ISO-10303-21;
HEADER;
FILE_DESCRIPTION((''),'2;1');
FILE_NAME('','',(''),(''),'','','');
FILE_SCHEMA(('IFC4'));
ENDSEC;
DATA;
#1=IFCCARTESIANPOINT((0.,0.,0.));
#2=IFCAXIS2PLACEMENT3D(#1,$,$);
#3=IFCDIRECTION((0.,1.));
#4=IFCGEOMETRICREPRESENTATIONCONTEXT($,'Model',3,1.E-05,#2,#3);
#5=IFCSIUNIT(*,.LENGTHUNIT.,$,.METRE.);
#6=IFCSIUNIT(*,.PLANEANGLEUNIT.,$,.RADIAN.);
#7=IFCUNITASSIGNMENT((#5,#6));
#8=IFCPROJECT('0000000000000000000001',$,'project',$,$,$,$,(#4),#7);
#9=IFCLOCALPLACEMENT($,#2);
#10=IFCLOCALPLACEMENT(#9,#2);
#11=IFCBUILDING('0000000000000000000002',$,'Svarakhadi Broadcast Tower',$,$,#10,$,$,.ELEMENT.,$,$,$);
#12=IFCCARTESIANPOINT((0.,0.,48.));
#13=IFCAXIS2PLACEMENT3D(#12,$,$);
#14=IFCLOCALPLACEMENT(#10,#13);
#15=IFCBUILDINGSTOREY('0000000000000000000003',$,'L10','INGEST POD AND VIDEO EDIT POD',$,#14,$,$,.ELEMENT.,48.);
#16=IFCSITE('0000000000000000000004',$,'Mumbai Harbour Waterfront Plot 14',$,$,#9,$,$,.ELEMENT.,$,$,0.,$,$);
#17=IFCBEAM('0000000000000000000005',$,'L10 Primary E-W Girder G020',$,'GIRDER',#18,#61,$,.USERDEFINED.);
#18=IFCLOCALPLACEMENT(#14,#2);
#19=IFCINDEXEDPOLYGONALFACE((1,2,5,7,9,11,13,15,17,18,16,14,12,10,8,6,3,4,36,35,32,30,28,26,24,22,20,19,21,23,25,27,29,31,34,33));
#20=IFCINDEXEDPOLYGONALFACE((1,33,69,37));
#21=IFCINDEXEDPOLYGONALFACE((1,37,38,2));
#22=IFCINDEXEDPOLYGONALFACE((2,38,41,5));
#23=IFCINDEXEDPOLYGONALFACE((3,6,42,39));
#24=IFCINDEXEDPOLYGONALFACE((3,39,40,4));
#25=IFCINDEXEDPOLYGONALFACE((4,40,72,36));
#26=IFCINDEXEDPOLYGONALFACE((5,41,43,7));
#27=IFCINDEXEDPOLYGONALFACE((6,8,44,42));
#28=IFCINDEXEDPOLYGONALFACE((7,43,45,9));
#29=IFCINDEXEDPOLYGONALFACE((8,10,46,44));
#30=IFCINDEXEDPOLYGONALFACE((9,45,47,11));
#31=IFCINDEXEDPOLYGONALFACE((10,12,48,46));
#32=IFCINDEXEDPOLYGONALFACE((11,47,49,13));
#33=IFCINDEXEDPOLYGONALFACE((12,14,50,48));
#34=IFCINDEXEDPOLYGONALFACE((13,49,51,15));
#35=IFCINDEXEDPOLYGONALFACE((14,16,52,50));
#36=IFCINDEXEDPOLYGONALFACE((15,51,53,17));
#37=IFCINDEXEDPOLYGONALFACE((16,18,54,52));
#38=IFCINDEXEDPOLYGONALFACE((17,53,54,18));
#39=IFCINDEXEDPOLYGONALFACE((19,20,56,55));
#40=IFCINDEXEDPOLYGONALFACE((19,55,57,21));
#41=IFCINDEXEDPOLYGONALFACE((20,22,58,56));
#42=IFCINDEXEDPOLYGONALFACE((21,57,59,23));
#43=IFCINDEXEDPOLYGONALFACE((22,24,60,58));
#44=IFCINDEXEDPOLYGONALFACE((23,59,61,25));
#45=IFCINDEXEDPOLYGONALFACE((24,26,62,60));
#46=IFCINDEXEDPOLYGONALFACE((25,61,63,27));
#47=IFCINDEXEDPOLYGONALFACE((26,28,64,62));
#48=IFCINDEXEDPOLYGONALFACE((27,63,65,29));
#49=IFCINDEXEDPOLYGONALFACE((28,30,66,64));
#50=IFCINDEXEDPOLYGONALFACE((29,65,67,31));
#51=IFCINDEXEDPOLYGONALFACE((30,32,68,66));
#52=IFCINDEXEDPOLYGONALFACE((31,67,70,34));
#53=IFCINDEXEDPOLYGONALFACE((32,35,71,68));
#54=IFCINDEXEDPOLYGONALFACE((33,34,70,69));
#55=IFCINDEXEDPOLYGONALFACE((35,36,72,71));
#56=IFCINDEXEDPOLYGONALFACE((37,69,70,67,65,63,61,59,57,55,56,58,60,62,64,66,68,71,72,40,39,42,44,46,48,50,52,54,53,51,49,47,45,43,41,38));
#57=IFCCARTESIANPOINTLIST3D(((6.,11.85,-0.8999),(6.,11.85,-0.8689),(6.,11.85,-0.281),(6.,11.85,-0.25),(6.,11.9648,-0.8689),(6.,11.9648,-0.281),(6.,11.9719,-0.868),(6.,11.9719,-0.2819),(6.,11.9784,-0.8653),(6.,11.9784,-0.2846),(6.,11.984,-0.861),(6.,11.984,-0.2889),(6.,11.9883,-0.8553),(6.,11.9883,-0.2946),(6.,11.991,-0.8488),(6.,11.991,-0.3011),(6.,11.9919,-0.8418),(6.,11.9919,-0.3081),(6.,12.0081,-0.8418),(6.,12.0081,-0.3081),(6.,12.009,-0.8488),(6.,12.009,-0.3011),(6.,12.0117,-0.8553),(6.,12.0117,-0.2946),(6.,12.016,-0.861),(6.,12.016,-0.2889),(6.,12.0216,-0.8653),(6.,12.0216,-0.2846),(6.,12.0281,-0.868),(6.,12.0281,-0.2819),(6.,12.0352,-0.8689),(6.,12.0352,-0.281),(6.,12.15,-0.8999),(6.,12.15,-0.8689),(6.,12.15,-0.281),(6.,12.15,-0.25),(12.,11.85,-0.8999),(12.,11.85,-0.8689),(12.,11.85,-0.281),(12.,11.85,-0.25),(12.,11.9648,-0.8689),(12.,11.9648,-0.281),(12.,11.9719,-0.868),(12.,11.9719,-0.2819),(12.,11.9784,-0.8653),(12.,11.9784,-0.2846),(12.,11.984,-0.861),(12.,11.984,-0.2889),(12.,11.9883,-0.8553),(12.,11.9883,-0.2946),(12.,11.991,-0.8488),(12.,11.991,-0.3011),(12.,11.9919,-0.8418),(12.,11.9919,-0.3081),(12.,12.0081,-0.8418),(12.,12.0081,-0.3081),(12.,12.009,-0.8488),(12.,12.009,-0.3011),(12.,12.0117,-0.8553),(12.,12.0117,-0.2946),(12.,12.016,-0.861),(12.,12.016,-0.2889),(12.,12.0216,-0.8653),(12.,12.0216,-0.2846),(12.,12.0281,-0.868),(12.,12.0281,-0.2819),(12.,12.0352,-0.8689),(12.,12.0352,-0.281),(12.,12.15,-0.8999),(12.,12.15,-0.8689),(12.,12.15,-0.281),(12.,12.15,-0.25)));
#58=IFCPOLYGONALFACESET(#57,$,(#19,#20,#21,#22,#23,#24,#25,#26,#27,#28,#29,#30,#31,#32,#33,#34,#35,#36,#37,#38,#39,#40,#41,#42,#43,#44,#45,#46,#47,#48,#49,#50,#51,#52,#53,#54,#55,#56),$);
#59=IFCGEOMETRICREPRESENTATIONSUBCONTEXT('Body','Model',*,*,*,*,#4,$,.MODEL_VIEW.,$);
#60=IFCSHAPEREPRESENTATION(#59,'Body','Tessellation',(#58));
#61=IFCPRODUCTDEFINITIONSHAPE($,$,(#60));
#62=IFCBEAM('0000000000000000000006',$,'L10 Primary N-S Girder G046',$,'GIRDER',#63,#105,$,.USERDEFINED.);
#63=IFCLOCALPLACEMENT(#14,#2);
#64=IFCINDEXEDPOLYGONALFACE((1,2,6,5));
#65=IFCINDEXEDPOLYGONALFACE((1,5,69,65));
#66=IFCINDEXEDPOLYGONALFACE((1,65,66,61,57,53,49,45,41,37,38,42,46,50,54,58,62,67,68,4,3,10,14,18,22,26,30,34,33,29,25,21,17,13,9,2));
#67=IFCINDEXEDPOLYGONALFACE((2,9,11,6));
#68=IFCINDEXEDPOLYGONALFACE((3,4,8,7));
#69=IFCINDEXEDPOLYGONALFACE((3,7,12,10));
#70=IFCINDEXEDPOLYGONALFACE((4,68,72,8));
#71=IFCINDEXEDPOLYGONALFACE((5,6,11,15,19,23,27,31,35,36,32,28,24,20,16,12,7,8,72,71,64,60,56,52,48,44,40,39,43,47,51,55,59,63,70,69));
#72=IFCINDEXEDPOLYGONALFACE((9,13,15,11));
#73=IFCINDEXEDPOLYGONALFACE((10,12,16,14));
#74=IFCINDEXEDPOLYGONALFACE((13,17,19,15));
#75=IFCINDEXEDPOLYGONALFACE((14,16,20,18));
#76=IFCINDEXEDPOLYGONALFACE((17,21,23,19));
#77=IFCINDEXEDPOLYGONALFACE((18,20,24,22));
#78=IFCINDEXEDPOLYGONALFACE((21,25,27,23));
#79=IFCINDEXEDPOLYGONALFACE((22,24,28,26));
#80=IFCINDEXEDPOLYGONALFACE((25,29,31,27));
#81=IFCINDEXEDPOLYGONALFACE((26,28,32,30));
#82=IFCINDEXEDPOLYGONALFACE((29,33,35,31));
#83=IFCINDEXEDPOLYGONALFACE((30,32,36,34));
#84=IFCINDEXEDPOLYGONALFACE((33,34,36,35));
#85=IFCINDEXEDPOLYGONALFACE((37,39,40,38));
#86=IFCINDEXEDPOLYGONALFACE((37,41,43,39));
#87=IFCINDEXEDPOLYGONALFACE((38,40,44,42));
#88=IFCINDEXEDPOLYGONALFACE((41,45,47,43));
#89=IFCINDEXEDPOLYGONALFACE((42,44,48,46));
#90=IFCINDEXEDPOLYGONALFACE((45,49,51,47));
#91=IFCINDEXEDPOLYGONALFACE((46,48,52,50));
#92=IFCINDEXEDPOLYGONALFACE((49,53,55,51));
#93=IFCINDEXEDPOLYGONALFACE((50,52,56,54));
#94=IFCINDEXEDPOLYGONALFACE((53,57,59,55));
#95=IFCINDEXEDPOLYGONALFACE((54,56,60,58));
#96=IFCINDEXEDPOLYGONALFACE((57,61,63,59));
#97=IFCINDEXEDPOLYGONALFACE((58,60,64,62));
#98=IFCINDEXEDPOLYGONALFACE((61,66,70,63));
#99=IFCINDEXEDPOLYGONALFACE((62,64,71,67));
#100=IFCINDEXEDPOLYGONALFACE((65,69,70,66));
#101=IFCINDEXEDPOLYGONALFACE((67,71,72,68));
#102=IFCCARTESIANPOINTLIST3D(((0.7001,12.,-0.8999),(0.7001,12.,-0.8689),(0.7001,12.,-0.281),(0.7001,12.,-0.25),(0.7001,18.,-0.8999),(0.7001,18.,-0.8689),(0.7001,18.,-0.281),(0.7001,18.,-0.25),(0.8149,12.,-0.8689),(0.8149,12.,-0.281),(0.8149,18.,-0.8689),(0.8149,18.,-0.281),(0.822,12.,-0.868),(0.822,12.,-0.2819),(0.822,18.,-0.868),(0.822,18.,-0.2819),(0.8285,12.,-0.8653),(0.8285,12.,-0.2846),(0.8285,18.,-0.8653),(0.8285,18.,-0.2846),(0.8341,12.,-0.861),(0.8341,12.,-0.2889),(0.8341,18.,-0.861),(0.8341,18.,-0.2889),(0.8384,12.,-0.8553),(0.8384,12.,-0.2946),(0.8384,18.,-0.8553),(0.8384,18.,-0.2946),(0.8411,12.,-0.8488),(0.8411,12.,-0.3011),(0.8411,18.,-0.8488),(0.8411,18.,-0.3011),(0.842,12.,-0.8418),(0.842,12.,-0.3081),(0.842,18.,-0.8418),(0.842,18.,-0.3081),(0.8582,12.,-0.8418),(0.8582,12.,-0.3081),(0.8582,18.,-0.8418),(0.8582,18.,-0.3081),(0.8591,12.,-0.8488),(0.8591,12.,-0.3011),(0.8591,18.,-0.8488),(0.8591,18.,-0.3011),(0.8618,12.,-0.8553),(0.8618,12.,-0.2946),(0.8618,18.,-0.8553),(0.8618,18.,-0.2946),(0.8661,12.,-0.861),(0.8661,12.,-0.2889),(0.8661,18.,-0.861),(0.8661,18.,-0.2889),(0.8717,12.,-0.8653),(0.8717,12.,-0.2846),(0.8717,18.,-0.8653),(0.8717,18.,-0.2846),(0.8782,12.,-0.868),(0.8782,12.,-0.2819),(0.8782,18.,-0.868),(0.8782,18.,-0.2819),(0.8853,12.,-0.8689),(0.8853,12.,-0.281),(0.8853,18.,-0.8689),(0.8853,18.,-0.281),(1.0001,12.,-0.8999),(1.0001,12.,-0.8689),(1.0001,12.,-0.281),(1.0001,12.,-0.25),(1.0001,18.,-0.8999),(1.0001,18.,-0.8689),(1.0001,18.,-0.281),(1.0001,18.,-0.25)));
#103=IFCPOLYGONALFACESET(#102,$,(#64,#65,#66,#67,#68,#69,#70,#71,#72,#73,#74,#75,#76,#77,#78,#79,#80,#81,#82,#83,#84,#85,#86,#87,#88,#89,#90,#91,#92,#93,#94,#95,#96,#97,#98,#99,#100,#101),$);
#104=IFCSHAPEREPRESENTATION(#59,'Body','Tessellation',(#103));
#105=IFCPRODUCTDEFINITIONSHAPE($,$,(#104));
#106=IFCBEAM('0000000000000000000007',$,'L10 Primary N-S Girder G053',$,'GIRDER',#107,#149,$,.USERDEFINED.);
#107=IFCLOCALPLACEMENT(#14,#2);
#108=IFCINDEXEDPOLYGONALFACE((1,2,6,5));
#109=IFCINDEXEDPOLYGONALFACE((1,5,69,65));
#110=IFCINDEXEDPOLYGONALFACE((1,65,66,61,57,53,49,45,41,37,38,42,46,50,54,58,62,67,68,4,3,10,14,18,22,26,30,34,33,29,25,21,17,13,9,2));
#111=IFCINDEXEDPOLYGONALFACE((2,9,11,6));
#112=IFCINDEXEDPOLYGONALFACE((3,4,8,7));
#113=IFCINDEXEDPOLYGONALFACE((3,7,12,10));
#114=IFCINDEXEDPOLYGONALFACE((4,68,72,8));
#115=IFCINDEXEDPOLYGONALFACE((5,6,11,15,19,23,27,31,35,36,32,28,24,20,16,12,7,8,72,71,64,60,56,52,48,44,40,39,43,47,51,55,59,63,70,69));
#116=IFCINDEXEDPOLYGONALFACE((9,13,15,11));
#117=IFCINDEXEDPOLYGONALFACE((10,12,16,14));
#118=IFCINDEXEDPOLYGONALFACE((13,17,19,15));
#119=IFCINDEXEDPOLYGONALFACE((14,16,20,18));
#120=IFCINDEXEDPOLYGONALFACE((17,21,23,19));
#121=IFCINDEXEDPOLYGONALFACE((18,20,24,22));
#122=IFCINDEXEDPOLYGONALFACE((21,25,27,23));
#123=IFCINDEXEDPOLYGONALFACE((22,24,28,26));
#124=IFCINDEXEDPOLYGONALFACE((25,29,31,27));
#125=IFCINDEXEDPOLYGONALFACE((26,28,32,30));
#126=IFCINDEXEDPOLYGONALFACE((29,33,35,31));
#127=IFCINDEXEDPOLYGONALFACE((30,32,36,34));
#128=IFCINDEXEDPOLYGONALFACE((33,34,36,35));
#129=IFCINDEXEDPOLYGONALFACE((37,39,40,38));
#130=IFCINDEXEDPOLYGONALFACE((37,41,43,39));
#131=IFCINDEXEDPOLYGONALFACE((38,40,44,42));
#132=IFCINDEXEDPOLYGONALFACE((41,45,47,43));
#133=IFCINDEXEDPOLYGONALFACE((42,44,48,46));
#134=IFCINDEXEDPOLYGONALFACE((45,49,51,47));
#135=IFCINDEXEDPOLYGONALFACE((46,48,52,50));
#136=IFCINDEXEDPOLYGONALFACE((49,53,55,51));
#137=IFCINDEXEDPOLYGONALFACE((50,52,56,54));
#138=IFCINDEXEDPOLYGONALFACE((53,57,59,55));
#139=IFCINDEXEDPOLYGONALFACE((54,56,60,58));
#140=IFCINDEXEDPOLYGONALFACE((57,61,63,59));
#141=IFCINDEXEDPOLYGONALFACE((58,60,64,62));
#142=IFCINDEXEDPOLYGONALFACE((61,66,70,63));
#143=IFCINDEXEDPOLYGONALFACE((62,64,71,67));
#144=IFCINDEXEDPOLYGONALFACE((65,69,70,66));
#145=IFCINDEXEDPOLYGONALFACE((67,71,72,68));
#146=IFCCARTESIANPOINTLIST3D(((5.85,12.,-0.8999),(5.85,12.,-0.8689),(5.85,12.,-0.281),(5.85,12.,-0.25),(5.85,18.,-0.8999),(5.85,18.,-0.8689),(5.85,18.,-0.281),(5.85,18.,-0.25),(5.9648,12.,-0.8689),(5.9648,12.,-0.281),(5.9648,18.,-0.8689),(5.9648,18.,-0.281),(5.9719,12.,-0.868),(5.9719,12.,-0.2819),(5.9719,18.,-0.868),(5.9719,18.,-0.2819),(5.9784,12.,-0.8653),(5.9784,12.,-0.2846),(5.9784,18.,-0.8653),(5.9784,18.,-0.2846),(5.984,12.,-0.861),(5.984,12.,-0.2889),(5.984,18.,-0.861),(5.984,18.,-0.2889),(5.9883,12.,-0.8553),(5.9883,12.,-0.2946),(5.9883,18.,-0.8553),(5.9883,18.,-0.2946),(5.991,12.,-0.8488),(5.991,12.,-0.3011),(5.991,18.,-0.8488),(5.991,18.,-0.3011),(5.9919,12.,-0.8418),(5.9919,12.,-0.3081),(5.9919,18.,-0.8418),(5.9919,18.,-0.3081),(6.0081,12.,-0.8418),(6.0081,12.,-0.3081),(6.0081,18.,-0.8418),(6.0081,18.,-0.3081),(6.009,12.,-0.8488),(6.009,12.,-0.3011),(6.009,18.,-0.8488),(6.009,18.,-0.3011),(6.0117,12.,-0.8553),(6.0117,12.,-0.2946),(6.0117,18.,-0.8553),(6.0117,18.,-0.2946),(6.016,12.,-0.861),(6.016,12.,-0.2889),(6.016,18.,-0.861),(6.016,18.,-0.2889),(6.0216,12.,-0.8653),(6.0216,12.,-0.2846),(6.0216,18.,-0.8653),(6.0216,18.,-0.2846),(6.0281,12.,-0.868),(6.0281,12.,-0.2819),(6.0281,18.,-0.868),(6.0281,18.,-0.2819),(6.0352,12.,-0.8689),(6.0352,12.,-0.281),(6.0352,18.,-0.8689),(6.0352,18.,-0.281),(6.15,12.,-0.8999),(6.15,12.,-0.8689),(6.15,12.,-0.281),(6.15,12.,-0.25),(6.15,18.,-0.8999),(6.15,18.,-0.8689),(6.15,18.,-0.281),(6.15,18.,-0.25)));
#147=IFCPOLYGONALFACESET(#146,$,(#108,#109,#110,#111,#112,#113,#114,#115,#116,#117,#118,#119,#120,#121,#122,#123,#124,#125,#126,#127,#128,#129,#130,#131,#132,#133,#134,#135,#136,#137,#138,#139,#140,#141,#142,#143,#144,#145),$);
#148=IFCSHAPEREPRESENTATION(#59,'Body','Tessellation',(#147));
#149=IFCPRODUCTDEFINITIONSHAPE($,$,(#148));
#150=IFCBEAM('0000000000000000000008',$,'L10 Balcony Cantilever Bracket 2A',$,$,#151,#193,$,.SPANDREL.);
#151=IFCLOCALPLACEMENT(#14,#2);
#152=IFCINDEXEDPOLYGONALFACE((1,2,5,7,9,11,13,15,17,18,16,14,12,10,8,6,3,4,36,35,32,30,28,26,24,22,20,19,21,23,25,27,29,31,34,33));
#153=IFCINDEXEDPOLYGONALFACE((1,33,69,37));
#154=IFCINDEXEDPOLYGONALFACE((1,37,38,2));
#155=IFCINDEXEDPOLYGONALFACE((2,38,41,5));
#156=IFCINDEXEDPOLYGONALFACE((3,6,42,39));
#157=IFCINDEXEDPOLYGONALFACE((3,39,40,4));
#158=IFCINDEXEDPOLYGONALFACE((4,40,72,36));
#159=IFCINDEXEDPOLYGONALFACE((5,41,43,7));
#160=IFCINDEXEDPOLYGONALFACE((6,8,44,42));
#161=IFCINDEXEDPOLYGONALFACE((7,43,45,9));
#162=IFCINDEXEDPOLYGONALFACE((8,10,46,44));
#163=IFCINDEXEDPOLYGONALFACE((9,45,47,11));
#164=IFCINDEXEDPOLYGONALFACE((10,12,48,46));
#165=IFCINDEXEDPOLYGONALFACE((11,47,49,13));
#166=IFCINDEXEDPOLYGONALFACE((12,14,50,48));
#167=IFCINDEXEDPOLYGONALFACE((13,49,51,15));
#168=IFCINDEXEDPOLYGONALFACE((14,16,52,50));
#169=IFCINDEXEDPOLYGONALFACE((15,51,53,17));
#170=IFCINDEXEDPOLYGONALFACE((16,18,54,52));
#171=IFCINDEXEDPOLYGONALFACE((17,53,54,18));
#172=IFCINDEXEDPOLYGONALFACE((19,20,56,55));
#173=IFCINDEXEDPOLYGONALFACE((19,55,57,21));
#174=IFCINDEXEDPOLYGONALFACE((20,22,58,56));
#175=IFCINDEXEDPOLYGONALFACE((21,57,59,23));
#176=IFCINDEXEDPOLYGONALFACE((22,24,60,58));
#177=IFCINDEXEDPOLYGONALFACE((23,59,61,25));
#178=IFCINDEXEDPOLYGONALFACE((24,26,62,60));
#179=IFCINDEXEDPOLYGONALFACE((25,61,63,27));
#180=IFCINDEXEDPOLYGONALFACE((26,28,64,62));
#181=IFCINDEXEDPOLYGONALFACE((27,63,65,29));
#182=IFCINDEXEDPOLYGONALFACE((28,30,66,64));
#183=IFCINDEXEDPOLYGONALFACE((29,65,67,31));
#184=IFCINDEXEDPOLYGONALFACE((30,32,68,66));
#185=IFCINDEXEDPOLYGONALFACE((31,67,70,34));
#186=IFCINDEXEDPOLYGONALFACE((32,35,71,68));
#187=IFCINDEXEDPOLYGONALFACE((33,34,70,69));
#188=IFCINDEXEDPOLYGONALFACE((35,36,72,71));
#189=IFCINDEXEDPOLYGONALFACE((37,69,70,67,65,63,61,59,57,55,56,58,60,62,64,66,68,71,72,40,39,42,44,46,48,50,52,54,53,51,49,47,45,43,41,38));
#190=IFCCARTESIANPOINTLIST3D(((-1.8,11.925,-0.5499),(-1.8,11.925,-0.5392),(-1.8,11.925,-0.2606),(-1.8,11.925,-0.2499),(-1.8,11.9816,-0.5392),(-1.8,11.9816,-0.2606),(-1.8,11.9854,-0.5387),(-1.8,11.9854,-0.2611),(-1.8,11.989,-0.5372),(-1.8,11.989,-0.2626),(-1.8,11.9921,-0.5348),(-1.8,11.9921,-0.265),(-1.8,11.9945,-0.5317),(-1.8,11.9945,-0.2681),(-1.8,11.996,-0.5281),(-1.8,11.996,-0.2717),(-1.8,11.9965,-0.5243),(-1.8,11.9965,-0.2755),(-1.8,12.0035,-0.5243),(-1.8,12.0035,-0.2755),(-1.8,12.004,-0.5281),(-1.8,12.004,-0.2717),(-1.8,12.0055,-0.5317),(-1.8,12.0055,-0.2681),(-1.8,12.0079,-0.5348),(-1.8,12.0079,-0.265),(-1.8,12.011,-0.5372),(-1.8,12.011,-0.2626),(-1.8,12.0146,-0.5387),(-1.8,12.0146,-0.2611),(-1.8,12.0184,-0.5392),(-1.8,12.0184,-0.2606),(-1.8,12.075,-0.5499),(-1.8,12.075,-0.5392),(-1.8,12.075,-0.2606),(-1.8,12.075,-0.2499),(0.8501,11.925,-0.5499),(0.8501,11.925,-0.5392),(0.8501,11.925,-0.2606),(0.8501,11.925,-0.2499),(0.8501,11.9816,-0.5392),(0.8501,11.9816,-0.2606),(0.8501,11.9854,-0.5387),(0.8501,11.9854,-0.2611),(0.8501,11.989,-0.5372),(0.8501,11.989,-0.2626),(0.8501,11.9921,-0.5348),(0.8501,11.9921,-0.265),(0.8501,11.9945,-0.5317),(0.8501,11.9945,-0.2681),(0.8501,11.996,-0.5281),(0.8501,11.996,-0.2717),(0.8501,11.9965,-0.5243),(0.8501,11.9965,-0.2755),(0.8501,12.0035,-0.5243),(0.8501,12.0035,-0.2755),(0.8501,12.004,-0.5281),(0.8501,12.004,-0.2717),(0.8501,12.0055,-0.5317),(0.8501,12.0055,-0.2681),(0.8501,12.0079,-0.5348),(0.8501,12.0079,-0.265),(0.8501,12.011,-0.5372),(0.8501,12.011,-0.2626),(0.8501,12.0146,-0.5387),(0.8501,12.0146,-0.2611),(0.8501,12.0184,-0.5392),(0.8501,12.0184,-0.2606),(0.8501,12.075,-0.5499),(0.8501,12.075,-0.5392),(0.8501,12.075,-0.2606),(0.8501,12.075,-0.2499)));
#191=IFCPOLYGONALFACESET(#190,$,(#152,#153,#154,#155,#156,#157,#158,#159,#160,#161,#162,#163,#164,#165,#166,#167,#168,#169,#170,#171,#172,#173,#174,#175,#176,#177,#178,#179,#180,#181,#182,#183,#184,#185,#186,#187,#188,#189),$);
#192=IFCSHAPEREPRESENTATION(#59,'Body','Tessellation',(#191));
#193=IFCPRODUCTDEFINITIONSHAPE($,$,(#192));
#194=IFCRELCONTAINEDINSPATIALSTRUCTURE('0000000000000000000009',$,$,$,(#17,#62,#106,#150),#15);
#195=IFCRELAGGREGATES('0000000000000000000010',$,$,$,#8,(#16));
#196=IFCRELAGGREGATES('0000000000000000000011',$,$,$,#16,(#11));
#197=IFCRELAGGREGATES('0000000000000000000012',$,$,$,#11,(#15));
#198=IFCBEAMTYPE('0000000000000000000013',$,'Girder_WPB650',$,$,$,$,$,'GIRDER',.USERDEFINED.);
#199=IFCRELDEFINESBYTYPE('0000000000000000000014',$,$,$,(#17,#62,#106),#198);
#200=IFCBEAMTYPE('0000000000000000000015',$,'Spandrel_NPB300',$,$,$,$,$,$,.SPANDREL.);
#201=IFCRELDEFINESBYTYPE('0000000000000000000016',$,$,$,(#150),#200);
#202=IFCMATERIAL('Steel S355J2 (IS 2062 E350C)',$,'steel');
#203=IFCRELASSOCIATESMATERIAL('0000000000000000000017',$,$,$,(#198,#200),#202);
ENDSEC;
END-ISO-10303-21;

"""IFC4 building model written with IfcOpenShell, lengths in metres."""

from ifc_helpers import new_model, si_unit, direction, frame, origin, origin_2d, place, context, subcontext, project, spatial, i_section, extrude, material, material_profile, profile_set, type_object, element, save


model = new_model("IFC4")

# Units and contexts
model_context = context("Model", 3, precision=1e-05, world=origin(), true_north=direction((0.0, 1.0)))
body_context = subcontext(model_context, "Body", "Model", "MODEL_VIEW")
ifc_project = project(units=[si_unit("LENGTHUNIT", "METRE"), si_unit("PLANEANGLEUNIT", "RADIAN")], contexts=[model_context])

# Site, building, storey
site_placement = place(None, origin())
site = spatial("IfcSite", under=ifc_project, at=site_placement, Name="Mumbai Harbour Waterfront Plot 14", CompositionType="ELEMENT", RefElevation=0.0)
building_placement = place(site_placement, origin())
building = spatial("IfcBuilding", under=site, at=building_placement, Name="Svarakhadi Broadcast Tower", CompositionType="ELEMENT")
storey_placement = place(building_placement, frame((0.0, 0.0, 48.0)))
storey = spatial("IfcBuildingStorey", under=building, at=storey_placement, Name="L10", Description="INGEST POD AND VIDEO EDIT POD", CompositionType="ELEMENT", Elevation=48.0)

# Shared definitions
ifc_material_1 = material(Name="Steel S355J2 (IS 2062 E350C)", Category="steel")

# Beams
ifc_material_profile_1 = material_profile(ifc_material_1, i_section(OverallWidth=0.3, OverallDepth=0.6499, WebThickness=0.0161, FlangeThickness=0.031, FilletRadius=0.0271, at=origin_2d()), Name="WPB 650x300x225")
ifc_profile_set_1 = profile_set([ifc_material_profile_1], Name="Steel S355J2 (IS 2062 E350C)")
beam_type_1 = type_object("IfcBeamType", Name="Girder_WPB650", ElementType="GIRDER", PredefinedType="USERDEFINED", material=ifc_profile_set_1)
for number, where, z_axis, x_axis, name in (
    (1, (6.0, 12.0, -0.575), (1.0, 0.0, 0.0), (0.0, 1.0, 0.0), "L10 Primary E-W Girder G020"),
    (2, (0.8501, 12.0, -0.575), (0.0, 1.0, 0.0), (-1.0, 0.0, 0.0), "L10 Primary N-S Girder G046"),
    (3, (6.0, 12.0, -0.575), (0.0, 1.0, 0.0), (-1.0, 0.0, 0.0), "L10 Primary N-S Girder G053"),
):
    element("IfcBeam", number, at=place(storey_placement, frame(where, z_axis=z_axis, x_axis=x_axis)), inside=storey, type_object=beam_type_1, Name=name, ObjectType="GIRDER", PredefinedType="USERDEFINED", context=body_context, shape_type="SweptSolid", body=[
        extrude(i_section(OverallWidth=0.3, OverallDepth=0.6499, WebThickness=0.0161, FlangeThickness=0.031, FilletRadius=0.0271, at=origin_2d()), origin(), (0.0, 0.0, 1.0), 6.0),
    ])
ifc_material_profile_2 = material_profile(ifc_material_1, i_section(OverallWidth=0.1499, OverallDepth=0.3, WebThickness=0.0071, FlangeThickness=0.0107, FilletRadius=0.0149, at=origin_2d()), Name="NPB 300x150x37")
ifc_profile_set_2 = profile_set([ifc_material_profile_2], Name="Steel S355J2 (IS 2062 E350C)")
beam_type_2 = type_object("IfcBeamType", Name="Spandrel_NPB300", PredefinedType="SPANDREL", material=ifc_profile_set_2)
beam_1_placement = place(storey_placement, frame((0.8501, 12.0, -0.3999), z_axis=(-1.0, 0.0, 0.0), x_axis=(0.0, -1.0, 0.0)))
element("IfcBeam", 4, at=beam_1_placement, inside=storey, type_object=beam_type_2, Name="L10 Balcony Cantilever Bracket 2A", PredefinedType="SPANDREL", context=body_context, shape_type="SweptSolid", body=[
    extrude(i_section(OverallWidth=0.1499, OverallDepth=0.3, WebThickness=0.0071, FlangeThickness=0.0107, FilletRadius=0.0149, at=origin_2d()), origin(), (0.0, 0.0, 1.0), 2.6501),
])

save(model, "model.ifc")
